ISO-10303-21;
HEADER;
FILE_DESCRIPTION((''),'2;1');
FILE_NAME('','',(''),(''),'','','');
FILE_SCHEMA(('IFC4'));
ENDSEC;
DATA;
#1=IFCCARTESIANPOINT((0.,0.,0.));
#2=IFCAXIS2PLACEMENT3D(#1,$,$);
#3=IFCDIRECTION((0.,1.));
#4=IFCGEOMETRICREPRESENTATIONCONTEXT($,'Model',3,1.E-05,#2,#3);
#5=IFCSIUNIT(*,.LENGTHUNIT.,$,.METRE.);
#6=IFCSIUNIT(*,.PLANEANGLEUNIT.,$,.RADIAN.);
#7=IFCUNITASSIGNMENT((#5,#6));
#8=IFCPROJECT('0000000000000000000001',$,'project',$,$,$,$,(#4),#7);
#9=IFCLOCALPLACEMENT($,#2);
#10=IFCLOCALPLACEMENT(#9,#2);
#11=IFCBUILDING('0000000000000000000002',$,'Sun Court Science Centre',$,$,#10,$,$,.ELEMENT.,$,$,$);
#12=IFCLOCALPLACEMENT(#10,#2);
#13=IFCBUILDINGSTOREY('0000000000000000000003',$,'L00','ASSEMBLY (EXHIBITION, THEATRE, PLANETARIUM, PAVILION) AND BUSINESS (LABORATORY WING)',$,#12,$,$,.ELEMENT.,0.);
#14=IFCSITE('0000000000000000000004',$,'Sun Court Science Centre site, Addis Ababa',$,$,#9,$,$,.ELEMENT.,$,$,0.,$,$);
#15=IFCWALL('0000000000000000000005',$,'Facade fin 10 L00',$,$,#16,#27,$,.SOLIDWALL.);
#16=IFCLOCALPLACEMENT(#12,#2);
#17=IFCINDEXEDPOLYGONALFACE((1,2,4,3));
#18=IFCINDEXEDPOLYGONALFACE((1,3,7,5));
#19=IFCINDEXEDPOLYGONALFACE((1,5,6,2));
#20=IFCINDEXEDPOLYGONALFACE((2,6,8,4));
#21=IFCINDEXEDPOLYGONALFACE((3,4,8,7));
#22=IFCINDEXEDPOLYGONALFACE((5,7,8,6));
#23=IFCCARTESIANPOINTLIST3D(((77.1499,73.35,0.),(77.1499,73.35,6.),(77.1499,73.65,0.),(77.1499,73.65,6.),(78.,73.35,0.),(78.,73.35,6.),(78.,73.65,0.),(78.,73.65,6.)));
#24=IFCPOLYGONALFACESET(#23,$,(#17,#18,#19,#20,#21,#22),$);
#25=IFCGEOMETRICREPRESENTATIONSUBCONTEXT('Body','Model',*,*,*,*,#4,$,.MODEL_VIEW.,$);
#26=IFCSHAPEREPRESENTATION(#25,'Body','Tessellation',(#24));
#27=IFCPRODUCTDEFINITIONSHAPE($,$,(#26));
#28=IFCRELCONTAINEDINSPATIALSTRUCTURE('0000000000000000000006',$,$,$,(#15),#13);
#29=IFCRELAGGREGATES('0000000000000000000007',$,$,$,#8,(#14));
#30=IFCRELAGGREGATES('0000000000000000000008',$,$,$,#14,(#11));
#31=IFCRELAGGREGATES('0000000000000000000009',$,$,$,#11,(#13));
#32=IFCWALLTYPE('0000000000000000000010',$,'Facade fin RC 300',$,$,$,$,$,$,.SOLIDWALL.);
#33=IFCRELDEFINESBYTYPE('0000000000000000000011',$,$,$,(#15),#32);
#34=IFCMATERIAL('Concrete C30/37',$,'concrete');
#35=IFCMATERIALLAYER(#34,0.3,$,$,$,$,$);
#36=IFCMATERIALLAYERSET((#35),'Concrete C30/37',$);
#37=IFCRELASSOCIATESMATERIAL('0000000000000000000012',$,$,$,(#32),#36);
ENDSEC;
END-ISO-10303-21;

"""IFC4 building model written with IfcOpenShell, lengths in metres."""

from ifc_helpers import new_model, si_unit, direction, frame, frame_2d, origin, place, context, subcontext, project, spatial, rectangle, extrude, material, layer, layer_set, type_object, element, save


model = new_model("IFC4")

# Units and contexts
model_context = context("Model", 3, precision=1e-05, world=origin(), true_north=direction((0.0, 1.0)))
body_context = subcontext(model_context, "Body", "Model", "MODEL_VIEW")
ifc_project = project(units=[si_unit("LENGTHUNIT", "METRE"), si_unit("PLANEANGLEUNIT", "RADIAN")], contexts=[model_context])

# Site, building, storey
site_placement = place(None, origin())
site = spatial("IfcSite", under=ifc_project, at=site_placement, Name="Sun Court Science Centre site, Addis Ababa", CompositionType="ELEMENT", RefElevation=0.0)
building_placement = place(site_placement, origin())
building = spatial("IfcBuilding", under=site, at=building_placement, Name="Sun Court Science Centre", CompositionType="ELEMENT")
storey_placement = place(building_placement, origin())
storey = spatial("IfcBuildingStorey", under=building, at=storey_placement, Name="L00", Description="ASSEMBLY (EXHIBITION, THEATRE, PLANETARIUM, PAVILION) AND BUSINESS (LABORATORY WING)", CompositionType="ELEMENT", Elevation=0.0)

# Wall
ifc_material_1 = material(Name="Concrete C30/37", Category="concrete")
ifc_layer_1 = layer(ifc_material_1, 0.3)
ifc_layer_set_1 = layer_set([ifc_layer_1], Name="Concrete C30/37")
wall_type_1 = type_object("IfcWallType", Name="Facade fin RC 300", PredefinedType="SOLIDWALL", material=ifc_layer_set_1)
wall_placement = place(storey_placement, frame((77.1499, 73.5, 0.0), z_axis=(0.0, 0.0, 1.0), x_axis=(1.0, 0.0, 0.0)))
element("IfcWall", 1, at=wall_placement, inside=storey, type_object=wall_type_1, Name="Facade fin 10 L00", PredefinedType="SOLIDWALL", context=body_context, shape_type="SweptSolid", body=[
    extrude(rectangle(XDim=0.8501, YDim=0.3, at=frame_2d((0.425, 0.0))), origin(), (0.0, 0.0, 1.0), 6.0),
])

save(model, "model.ifc")
